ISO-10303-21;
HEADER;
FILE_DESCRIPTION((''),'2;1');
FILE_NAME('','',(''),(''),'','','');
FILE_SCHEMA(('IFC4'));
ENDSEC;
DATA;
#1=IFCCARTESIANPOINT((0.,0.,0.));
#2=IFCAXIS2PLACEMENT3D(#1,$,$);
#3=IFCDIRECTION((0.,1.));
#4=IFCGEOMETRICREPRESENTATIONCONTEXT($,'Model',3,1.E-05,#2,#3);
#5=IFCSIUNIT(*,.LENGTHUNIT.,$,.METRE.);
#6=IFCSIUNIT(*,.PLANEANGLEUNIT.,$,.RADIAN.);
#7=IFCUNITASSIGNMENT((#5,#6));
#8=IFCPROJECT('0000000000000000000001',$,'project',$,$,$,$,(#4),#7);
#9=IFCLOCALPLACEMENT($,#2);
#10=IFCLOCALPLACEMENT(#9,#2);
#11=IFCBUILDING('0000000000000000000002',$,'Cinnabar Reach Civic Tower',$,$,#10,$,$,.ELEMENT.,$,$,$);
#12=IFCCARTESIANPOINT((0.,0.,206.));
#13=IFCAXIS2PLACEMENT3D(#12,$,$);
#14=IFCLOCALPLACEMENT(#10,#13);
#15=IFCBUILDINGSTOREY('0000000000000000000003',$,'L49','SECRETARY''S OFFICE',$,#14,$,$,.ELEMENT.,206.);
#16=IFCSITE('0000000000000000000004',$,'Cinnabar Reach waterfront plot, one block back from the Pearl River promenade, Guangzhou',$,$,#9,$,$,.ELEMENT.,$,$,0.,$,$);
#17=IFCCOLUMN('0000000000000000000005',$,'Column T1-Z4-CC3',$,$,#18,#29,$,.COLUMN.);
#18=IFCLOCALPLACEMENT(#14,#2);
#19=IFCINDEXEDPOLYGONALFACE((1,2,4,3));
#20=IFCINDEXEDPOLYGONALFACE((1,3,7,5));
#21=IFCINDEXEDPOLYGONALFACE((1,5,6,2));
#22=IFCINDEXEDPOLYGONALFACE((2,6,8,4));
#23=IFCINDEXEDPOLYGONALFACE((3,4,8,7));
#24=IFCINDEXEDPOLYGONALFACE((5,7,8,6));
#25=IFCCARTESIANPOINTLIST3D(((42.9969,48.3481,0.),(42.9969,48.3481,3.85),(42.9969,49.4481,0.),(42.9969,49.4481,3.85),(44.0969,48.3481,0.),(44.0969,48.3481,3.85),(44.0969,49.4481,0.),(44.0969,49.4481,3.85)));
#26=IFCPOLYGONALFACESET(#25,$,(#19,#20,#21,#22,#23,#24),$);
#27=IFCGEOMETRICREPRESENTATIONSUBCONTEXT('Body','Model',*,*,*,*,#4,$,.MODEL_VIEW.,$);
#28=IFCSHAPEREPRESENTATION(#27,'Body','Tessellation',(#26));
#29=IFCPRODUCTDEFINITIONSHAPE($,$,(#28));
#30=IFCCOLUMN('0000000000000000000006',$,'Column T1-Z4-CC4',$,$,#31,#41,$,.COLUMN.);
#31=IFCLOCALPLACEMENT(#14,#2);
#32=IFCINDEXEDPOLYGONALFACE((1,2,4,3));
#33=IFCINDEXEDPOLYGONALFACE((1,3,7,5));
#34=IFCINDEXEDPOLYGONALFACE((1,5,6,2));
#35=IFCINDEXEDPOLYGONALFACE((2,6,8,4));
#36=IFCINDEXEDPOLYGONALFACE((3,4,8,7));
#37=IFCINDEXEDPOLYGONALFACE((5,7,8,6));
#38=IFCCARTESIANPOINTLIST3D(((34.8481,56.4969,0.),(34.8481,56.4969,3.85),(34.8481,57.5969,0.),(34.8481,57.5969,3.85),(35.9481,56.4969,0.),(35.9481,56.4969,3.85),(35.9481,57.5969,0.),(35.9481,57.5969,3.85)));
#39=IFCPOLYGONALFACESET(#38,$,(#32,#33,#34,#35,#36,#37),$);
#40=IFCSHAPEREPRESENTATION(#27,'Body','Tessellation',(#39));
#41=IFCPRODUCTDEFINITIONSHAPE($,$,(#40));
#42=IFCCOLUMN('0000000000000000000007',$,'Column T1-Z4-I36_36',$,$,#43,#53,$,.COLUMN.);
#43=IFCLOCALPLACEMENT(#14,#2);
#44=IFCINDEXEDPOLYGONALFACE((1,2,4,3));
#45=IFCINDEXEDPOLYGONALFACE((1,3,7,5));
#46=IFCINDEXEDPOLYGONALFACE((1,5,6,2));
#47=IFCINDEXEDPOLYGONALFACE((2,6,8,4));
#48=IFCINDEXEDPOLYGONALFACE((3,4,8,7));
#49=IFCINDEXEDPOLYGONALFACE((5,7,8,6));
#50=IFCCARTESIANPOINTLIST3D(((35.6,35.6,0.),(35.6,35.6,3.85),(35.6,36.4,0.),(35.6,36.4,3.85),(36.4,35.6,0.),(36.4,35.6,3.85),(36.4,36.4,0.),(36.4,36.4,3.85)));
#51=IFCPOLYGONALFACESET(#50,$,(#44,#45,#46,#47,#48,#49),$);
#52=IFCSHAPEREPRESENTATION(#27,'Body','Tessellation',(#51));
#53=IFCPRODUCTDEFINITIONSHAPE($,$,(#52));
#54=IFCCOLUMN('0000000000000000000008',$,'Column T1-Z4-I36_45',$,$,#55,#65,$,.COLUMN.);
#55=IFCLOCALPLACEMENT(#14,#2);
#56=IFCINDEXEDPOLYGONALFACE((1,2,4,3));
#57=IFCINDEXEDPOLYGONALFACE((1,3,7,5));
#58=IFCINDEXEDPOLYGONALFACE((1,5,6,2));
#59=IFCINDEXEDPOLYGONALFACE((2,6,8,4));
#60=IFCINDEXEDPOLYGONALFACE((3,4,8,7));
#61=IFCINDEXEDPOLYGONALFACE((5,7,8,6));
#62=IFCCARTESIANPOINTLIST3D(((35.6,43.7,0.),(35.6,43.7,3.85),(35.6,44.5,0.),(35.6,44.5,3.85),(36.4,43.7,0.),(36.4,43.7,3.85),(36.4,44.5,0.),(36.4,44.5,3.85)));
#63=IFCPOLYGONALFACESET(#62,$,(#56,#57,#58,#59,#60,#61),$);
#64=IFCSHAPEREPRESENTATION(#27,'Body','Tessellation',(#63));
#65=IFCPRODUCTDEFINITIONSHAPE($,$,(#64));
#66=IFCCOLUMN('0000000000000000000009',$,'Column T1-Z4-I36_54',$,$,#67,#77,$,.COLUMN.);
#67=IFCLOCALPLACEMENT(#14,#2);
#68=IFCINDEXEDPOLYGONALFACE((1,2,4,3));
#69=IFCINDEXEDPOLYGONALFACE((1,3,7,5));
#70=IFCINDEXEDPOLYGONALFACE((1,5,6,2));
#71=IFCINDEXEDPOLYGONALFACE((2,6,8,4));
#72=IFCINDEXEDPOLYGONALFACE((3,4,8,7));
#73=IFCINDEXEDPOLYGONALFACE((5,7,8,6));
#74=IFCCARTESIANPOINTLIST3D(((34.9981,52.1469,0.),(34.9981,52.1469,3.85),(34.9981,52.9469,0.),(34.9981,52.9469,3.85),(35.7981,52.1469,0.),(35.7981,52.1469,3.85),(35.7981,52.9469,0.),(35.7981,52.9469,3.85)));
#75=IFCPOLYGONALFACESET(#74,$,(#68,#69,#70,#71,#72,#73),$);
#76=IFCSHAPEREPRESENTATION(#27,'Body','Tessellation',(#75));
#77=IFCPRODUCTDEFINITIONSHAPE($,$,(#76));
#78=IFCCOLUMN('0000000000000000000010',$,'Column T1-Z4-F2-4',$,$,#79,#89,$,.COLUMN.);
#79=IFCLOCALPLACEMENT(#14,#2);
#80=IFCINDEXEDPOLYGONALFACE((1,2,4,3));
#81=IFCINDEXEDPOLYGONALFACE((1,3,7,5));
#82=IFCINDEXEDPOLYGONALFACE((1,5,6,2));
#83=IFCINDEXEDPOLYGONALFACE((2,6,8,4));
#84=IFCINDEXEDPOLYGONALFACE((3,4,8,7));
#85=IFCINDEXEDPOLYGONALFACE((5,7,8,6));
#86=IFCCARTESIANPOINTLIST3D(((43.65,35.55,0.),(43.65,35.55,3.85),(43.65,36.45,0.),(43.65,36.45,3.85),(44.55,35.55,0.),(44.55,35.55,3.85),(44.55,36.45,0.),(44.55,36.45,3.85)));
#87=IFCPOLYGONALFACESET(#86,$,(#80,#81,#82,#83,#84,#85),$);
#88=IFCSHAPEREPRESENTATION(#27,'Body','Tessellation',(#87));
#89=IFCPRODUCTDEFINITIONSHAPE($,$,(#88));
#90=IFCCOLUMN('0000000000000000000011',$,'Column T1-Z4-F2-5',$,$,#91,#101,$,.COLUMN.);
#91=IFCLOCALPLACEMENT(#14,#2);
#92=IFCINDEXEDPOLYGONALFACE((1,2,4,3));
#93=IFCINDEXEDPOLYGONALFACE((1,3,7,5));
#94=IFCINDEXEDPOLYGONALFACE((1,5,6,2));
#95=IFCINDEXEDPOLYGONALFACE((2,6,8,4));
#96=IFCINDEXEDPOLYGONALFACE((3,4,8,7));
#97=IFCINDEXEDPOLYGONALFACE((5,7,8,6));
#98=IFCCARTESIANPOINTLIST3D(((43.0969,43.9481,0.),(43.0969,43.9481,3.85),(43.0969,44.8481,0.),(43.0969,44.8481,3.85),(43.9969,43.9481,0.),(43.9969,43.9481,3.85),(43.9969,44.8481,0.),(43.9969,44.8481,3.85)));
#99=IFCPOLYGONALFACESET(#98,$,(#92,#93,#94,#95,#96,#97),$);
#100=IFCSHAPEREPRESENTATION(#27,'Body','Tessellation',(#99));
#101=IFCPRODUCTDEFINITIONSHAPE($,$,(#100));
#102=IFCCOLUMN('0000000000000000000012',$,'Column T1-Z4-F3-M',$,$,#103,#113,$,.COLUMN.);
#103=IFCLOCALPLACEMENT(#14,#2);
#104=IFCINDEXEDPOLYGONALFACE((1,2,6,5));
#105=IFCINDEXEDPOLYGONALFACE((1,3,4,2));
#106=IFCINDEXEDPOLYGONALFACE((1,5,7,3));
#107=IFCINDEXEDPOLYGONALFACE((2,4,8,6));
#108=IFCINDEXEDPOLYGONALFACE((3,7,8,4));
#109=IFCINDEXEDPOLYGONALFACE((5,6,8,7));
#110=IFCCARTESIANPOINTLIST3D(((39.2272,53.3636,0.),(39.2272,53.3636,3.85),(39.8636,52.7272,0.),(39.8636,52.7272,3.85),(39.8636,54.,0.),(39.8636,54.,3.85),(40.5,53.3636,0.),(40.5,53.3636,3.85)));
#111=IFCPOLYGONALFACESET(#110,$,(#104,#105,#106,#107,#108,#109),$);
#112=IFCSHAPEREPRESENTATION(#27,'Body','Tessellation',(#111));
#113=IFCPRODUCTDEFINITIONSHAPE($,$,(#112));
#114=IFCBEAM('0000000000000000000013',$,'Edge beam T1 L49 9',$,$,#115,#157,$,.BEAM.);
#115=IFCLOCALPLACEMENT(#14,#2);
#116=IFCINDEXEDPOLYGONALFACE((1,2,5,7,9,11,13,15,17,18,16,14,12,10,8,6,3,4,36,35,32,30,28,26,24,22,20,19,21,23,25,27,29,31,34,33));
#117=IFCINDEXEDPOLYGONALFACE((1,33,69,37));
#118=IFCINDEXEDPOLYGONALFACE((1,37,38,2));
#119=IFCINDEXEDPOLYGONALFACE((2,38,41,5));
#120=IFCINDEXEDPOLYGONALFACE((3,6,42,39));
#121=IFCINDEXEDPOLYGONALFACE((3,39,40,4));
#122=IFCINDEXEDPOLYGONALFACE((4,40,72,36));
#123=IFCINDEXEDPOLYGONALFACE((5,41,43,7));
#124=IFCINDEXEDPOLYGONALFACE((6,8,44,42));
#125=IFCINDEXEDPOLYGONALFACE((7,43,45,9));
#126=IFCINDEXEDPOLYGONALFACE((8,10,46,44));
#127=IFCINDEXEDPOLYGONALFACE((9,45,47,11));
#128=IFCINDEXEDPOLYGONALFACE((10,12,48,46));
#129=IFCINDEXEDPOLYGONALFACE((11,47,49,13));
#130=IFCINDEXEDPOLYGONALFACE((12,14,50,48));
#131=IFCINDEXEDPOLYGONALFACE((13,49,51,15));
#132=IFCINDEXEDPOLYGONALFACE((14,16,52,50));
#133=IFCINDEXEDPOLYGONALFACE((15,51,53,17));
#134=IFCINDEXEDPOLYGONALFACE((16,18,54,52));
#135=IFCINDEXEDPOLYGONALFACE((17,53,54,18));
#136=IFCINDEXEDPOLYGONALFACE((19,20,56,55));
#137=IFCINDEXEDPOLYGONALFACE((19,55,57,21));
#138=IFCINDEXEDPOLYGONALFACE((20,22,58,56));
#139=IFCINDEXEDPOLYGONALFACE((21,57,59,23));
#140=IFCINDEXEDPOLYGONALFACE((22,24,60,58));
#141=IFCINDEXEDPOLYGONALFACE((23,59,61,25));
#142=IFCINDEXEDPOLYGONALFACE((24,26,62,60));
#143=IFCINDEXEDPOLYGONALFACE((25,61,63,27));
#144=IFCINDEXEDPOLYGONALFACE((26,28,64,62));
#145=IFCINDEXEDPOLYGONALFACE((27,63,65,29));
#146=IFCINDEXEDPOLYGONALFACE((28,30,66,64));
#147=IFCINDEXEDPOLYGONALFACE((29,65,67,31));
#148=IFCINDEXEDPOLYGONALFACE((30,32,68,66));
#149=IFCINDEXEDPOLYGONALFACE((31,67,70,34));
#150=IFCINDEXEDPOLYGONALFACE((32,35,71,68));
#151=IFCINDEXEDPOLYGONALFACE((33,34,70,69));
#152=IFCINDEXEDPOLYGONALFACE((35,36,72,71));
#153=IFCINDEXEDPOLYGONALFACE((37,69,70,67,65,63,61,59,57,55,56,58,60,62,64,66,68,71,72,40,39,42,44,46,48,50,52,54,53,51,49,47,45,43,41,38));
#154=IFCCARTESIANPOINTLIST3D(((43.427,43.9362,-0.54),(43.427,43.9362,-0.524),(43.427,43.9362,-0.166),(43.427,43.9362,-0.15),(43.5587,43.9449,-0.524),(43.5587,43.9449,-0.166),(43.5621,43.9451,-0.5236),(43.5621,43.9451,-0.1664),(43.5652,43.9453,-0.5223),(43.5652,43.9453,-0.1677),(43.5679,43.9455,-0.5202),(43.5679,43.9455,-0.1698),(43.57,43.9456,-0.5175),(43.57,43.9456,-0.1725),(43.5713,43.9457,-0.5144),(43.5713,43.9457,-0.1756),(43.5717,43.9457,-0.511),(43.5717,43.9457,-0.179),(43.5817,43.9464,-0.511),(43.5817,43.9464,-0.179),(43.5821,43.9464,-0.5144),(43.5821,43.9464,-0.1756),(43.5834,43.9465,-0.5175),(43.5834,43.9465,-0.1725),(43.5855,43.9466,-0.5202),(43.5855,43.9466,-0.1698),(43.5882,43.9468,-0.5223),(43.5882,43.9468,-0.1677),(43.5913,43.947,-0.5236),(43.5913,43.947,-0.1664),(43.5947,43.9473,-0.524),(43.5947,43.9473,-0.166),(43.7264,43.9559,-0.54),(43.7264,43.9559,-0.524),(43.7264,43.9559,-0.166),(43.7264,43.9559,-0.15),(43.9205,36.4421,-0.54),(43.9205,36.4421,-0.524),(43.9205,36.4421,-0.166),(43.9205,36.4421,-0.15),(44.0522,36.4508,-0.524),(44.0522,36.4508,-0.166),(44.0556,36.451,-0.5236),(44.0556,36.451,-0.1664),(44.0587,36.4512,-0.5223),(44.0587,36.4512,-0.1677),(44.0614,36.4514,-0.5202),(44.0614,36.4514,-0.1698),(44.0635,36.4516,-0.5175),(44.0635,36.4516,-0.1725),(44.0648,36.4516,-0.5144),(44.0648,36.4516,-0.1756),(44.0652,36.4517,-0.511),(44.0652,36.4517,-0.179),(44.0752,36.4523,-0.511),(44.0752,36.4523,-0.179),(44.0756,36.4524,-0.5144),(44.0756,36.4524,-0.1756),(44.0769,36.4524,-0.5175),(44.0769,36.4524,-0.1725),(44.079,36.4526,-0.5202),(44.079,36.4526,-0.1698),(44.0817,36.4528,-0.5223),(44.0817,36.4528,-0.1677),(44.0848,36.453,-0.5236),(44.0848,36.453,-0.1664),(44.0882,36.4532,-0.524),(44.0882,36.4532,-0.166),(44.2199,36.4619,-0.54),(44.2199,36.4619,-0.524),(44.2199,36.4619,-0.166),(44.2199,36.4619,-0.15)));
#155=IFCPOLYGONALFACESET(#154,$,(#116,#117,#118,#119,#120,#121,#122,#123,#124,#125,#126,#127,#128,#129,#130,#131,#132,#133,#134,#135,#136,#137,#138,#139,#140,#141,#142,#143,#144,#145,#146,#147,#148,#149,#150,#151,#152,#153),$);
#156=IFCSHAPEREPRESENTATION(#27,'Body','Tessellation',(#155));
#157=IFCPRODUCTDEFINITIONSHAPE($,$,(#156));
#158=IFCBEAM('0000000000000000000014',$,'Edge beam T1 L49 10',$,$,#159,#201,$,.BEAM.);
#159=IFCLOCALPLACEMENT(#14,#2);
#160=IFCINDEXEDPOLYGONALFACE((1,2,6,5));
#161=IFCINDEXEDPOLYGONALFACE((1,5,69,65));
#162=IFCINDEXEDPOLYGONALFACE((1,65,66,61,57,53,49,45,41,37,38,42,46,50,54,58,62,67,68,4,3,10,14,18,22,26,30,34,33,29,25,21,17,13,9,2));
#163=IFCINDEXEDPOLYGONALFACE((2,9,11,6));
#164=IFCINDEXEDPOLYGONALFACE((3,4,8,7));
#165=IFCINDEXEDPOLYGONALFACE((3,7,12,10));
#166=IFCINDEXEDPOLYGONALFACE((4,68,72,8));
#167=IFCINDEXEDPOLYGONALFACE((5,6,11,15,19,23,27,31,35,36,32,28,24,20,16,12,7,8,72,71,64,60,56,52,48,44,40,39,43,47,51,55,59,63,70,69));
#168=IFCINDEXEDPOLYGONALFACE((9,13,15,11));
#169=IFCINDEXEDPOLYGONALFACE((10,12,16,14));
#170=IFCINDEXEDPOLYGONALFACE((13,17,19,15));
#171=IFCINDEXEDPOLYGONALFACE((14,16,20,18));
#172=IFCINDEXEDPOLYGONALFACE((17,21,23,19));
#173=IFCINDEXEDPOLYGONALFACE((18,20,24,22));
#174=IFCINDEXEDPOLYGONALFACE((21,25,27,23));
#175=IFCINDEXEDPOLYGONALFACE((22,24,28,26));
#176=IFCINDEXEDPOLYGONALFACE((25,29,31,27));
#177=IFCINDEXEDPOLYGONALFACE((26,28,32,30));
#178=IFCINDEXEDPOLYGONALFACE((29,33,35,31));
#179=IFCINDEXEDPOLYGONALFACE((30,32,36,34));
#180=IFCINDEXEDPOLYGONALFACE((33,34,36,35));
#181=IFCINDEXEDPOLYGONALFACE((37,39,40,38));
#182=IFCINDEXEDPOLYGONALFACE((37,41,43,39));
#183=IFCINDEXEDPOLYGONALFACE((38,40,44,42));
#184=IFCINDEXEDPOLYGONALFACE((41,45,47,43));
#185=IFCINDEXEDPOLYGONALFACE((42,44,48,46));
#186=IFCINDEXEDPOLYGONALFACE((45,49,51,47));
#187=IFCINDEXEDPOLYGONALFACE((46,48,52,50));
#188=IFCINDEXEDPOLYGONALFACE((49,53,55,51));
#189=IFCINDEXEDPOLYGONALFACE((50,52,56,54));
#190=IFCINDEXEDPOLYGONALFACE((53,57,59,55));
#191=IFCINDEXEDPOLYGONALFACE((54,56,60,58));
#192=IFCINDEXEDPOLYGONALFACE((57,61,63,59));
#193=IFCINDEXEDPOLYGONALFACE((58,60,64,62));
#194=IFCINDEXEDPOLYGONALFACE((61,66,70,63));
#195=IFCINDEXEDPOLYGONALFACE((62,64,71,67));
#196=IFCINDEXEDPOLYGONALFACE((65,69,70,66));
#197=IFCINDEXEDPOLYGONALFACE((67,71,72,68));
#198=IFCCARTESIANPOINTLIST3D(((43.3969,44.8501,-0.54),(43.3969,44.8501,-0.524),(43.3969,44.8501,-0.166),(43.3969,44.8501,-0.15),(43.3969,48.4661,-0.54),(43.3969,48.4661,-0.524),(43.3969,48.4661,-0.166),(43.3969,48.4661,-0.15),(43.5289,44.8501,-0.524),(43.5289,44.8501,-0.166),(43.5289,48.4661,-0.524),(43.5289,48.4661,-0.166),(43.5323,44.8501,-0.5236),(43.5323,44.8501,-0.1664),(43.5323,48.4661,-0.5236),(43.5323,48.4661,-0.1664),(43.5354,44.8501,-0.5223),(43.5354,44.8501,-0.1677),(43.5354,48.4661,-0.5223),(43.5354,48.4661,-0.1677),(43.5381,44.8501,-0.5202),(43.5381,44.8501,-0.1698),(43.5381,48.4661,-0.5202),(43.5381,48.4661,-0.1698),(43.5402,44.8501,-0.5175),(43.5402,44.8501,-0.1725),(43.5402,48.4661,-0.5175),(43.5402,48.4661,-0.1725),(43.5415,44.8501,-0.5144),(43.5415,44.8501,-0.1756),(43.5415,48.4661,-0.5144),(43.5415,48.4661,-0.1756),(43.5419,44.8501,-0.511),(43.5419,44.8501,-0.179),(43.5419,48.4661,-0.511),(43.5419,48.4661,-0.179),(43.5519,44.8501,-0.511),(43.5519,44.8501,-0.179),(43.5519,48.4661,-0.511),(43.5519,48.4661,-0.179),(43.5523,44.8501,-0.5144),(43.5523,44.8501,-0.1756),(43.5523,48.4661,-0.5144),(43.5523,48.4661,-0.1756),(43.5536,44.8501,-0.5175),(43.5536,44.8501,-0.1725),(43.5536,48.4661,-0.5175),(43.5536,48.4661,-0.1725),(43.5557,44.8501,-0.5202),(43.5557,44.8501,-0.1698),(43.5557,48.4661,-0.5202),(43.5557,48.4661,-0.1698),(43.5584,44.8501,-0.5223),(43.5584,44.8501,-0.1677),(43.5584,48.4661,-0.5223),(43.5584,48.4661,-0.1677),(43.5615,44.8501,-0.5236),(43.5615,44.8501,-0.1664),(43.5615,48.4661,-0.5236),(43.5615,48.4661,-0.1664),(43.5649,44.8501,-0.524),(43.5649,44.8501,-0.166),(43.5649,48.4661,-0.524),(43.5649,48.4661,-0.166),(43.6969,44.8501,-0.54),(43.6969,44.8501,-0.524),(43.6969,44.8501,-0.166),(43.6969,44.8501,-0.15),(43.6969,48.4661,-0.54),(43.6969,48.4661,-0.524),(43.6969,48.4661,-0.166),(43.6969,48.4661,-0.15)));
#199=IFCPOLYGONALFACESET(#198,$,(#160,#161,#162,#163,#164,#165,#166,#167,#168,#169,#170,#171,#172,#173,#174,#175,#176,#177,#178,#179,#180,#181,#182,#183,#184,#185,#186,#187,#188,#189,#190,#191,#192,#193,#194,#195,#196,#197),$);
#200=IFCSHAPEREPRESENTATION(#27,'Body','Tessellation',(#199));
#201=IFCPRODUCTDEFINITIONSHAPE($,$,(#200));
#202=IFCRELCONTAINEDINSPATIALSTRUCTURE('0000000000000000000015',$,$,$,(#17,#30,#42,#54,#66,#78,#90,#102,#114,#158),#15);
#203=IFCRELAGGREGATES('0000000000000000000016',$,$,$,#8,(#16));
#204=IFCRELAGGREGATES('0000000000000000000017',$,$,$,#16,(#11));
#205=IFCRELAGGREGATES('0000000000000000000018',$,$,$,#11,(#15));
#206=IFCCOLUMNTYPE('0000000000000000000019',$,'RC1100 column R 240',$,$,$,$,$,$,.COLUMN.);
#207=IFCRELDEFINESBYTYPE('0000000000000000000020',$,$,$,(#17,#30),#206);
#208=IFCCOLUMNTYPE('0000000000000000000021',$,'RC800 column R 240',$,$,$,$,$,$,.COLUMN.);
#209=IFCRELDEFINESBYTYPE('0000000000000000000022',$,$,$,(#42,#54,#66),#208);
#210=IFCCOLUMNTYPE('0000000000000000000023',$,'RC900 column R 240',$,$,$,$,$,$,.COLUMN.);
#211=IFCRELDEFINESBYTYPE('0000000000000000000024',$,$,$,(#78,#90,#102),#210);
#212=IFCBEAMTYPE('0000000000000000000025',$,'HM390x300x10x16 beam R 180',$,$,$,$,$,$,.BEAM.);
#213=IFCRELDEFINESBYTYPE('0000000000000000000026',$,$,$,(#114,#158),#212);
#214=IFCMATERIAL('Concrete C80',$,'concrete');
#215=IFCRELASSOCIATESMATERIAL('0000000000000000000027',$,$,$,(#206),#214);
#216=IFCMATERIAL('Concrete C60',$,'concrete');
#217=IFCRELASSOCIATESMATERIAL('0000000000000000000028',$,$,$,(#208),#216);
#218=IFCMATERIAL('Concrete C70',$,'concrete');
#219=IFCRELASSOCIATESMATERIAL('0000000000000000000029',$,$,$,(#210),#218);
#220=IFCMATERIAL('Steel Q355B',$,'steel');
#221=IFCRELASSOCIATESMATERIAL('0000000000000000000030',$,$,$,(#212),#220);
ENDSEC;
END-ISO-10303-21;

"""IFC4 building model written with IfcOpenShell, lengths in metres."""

from ifc_helpers import new_model, si_unit, direction, frame, origin, origin_2d, place, context, subcontext, project, spatial, rectangle, i_section, extrude, material, material_profile, profile_set, type_object, element, save


model = new_model("IFC4")

# Units and contexts
model_context = context("Model", 3, precision=1e-05, world=origin(), true_north=direction((0.0, 1.0)))
body_context = subcontext(model_context, "Body", "Model", "MODEL_VIEW")
ifc_project = project(units=[si_unit("LENGTHUNIT", "METRE"), si_unit("PLANEANGLEUNIT", "RADIAN")], contexts=[model_context])

# Site, building, storey
site_placement = place(None, origin())
site = spatial("IfcSite", under=ifc_project, at=site_placement, Name="Cinnabar Reach waterfront plot, one block back from the Pearl River promenade, Guangzhou", CompositionType="ELEMENT", RefElevation=0.0)
building_placement = place(site_placement, origin())
building = spatial("IfcBuilding", under=site, at=building_placement, Name="Cinnabar Reach Civic Tower", CompositionType="ELEMENT")
storey_placement = place(building_placement, frame((0.0, 0.0, 206.0)))
storey = spatial("IfcBuildingStorey", under=building, at=storey_placement, Name="L49", Description="SECRETARY'S OFFICE", CompositionType="ELEMENT", Elevation=206.0)

# Columns
ifc_material_1 = material(Name="Concrete C80", Category="concrete")
ifc_material_profile_1 = material_profile(ifc_material_1, rectangle(XDim=1.1, YDim=1.1, at=origin_2d()), Name="RC1100")
ifc_profile_set_1 = profile_set([ifc_material_profile_1], Name="Concrete C80")
column_type_1 = type_object("IfcColumnType", Name="RC1100 column R 240", PredefinedType="COLUMN", material=ifc_profile_set_1)
for number, where, z_axis, x_axis, name in (
    (1, (43.5469, 48.8981, 0.0), (0.0, 0.0, 1.0), (1.0, 0.0, 0.0), "Column T1-Z4-CC3"),
    (2, (35.3981, 57.0469, 0.0), (0.0, 0.0, 1.0), (1.0, 0.0, 0.0), "Column T1-Z4-CC4"),
):
    element("IfcColumn", number, at=place(storey_placement, frame(where, z_axis=z_axis, x_axis=x_axis)), inside=storey, type_object=column_type_1, Name=name, PredefinedType="COLUMN", context=body_context, shape_type="SweptSolid", body=[
        extrude(rectangle(XDim=1.1, YDim=1.1, at=origin_2d()), origin(), (0.0, 0.0, 1.0), 3.85),
    ])
ifc_material_2 = material(Name="Concrete C60", Category="concrete")
ifc_material_profile_2 = material_profile(ifc_material_2, rectangle(XDim=0.8, YDim=0.8, at=origin_2d()), Name="RC800")
ifc_profile_set_2 = profile_set([ifc_material_profile_2], Name="Concrete C60")
column_type_2 = type_object("IfcColumnType", Name="RC800 column R 240", PredefinedType="COLUMN", material=ifc_profile_set_2)
for number, where, z_axis, x_axis, name in (
    (3, (36.0, 36.0, 0.0), (0.0, 0.0, 1.0), (1.0, 0.0, 0.0), "Column T1-Z4-I36_36"),
    (4, (36.0, 44.1, 0.0), (0.0, 0.0, 1.0), (1.0, 0.0, 0.0), "Column T1-Z4-I36_45"),
    (5, (35.3981, 52.5469, 0.0), (0.0, 0.0, 1.0), (1.0, 0.0, 0.0), "Column T1-Z4-I36_54"),
):
    element("IfcColumn", number, at=place(storey_placement, frame(where, z_axis=z_axis, x_axis=x_axis)), inside=storey, type_object=column_type_2, Name=name, PredefinedType="COLUMN", context=body_context, shape_type="SweptSolid", body=[
        extrude(rectangle(XDim=0.8, YDim=0.8, at=origin_2d()), origin(), (0.0, 0.0, 1.0), 3.85),
    ])
ifc_material_3 = material(Name="Concrete C70", Category="concrete")
ifc_material_profile_3 = material_profile(ifc_material_3, rectangle(XDim=0.9, YDim=0.9, at=origin_2d()), Name="RC900")
ifc_profile_set_3 = profile_set([ifc_material_profile_3], Name="Concrete C70")
column_type_3 = type_object("IfcColumnType", Name="RC900 column R 240", PredefinedType="COLUMN", material=ifc_profile_set_3)
for number, where, z_axis, x_axis, name in (
    (6, (44.1, 36.0, 0.0), (0.0, 0.0, 1.0), (1.0, 0.0, 0.0), "Column T1-Z4-F2-4"),
    (7, (43.5469, 44.3981, 0.0), (0.0, 0.0, 1.0), (1.0, 0.0, 0.0), "Column T1-Z4-F2-5"),
    (8, (39.8636, 53.3636, 0.0), (0.0, 0.0, 1.0), (0.707107, 0.707107, 0.0), "Column T1-Z4-F3-M"),
):
    element("IfcColumn", number, at=place(storey_placement, frame(where, z_axis=z_axis, x_axis=x_axis)), inside=storey, type_object=column_type_3, Name=name, PredefinedType="COLUMN", context=body_context, shape_type="SweptSolid", body=[
        extrude(rectangle(XDim=0.9, YDim=0.9, at=origin_2d()), origin(), (0.0, 0.0, 1.0), 3.85),
    ])

# Beams
ifc_material_4 = material(Name="Steel Q355B", Category="steel")
ifc_material_profile_4 = material_profile(ifc_material_4, i_section(OverallWidth=0.3, OverallDepth=0.39, WebThickness=0.01, FlangeThickness=0.016, FilletRadius=0.013, at=origin_2d()), Name="HM390x300x10x16")
ifc_profile_set_4 = profile_set([ifc_material_profile_4], Name="Steel Q355B")
beam_type_1 = type_object("IfcBeamType", Name="HM390x300x10x16 beam R 180", PredefinedType="BEAM", material=ifc_profile_set_4)
beam_1_placement = place(storey_placement, frame((44.0702, 36.452, -0.345), z_axis=(-0.065709, 0.997839, 0.0), x_axis=(-0.997839, -0.065709, 0.0)))
element("IfcBeam", 9, at=beam_1_placement, inside=storey, type_object=beam_type_1, Name="Edge beam T1 L49 9", PredefinedType="BEAM", context=body_context, shape_type="SweptSolid", body=[
    extrude(i_section(OverallWidth=0.3, OverallDepth=0.39, WebThickness=0.01, FlangeThickness=0.016, FilletRadius=0.013, at=origin_2d()), origin(), (0.0, 0.0, 1.0), 7.5103),
])
beam_2_placement = place(storey_placement, frame((43.5469, 44.8501, -0.345), z_axis=(0.0, 1.0, 0.0), x_axis=(-1.0, 0.0, 0.0)))
element("IfcBeam", 10, at=beam_2_placement, inside=storey, type_object=beam_type_1, Name="Edge beam T1 L49 10", PredefinedType="BEAM", context=body_context, shape_type="SweptSolid", body=[
    extrude(i_section(OverallWidth=0.3, OverallDepth=0.39, WebThickness=0.01, FlangeThickness=0.016, FilletRadius=0.013, at=origin_2d()), origin(), (0.0, 0.0, 1.0), 3.616),
])

save(model, "model.ifc")
